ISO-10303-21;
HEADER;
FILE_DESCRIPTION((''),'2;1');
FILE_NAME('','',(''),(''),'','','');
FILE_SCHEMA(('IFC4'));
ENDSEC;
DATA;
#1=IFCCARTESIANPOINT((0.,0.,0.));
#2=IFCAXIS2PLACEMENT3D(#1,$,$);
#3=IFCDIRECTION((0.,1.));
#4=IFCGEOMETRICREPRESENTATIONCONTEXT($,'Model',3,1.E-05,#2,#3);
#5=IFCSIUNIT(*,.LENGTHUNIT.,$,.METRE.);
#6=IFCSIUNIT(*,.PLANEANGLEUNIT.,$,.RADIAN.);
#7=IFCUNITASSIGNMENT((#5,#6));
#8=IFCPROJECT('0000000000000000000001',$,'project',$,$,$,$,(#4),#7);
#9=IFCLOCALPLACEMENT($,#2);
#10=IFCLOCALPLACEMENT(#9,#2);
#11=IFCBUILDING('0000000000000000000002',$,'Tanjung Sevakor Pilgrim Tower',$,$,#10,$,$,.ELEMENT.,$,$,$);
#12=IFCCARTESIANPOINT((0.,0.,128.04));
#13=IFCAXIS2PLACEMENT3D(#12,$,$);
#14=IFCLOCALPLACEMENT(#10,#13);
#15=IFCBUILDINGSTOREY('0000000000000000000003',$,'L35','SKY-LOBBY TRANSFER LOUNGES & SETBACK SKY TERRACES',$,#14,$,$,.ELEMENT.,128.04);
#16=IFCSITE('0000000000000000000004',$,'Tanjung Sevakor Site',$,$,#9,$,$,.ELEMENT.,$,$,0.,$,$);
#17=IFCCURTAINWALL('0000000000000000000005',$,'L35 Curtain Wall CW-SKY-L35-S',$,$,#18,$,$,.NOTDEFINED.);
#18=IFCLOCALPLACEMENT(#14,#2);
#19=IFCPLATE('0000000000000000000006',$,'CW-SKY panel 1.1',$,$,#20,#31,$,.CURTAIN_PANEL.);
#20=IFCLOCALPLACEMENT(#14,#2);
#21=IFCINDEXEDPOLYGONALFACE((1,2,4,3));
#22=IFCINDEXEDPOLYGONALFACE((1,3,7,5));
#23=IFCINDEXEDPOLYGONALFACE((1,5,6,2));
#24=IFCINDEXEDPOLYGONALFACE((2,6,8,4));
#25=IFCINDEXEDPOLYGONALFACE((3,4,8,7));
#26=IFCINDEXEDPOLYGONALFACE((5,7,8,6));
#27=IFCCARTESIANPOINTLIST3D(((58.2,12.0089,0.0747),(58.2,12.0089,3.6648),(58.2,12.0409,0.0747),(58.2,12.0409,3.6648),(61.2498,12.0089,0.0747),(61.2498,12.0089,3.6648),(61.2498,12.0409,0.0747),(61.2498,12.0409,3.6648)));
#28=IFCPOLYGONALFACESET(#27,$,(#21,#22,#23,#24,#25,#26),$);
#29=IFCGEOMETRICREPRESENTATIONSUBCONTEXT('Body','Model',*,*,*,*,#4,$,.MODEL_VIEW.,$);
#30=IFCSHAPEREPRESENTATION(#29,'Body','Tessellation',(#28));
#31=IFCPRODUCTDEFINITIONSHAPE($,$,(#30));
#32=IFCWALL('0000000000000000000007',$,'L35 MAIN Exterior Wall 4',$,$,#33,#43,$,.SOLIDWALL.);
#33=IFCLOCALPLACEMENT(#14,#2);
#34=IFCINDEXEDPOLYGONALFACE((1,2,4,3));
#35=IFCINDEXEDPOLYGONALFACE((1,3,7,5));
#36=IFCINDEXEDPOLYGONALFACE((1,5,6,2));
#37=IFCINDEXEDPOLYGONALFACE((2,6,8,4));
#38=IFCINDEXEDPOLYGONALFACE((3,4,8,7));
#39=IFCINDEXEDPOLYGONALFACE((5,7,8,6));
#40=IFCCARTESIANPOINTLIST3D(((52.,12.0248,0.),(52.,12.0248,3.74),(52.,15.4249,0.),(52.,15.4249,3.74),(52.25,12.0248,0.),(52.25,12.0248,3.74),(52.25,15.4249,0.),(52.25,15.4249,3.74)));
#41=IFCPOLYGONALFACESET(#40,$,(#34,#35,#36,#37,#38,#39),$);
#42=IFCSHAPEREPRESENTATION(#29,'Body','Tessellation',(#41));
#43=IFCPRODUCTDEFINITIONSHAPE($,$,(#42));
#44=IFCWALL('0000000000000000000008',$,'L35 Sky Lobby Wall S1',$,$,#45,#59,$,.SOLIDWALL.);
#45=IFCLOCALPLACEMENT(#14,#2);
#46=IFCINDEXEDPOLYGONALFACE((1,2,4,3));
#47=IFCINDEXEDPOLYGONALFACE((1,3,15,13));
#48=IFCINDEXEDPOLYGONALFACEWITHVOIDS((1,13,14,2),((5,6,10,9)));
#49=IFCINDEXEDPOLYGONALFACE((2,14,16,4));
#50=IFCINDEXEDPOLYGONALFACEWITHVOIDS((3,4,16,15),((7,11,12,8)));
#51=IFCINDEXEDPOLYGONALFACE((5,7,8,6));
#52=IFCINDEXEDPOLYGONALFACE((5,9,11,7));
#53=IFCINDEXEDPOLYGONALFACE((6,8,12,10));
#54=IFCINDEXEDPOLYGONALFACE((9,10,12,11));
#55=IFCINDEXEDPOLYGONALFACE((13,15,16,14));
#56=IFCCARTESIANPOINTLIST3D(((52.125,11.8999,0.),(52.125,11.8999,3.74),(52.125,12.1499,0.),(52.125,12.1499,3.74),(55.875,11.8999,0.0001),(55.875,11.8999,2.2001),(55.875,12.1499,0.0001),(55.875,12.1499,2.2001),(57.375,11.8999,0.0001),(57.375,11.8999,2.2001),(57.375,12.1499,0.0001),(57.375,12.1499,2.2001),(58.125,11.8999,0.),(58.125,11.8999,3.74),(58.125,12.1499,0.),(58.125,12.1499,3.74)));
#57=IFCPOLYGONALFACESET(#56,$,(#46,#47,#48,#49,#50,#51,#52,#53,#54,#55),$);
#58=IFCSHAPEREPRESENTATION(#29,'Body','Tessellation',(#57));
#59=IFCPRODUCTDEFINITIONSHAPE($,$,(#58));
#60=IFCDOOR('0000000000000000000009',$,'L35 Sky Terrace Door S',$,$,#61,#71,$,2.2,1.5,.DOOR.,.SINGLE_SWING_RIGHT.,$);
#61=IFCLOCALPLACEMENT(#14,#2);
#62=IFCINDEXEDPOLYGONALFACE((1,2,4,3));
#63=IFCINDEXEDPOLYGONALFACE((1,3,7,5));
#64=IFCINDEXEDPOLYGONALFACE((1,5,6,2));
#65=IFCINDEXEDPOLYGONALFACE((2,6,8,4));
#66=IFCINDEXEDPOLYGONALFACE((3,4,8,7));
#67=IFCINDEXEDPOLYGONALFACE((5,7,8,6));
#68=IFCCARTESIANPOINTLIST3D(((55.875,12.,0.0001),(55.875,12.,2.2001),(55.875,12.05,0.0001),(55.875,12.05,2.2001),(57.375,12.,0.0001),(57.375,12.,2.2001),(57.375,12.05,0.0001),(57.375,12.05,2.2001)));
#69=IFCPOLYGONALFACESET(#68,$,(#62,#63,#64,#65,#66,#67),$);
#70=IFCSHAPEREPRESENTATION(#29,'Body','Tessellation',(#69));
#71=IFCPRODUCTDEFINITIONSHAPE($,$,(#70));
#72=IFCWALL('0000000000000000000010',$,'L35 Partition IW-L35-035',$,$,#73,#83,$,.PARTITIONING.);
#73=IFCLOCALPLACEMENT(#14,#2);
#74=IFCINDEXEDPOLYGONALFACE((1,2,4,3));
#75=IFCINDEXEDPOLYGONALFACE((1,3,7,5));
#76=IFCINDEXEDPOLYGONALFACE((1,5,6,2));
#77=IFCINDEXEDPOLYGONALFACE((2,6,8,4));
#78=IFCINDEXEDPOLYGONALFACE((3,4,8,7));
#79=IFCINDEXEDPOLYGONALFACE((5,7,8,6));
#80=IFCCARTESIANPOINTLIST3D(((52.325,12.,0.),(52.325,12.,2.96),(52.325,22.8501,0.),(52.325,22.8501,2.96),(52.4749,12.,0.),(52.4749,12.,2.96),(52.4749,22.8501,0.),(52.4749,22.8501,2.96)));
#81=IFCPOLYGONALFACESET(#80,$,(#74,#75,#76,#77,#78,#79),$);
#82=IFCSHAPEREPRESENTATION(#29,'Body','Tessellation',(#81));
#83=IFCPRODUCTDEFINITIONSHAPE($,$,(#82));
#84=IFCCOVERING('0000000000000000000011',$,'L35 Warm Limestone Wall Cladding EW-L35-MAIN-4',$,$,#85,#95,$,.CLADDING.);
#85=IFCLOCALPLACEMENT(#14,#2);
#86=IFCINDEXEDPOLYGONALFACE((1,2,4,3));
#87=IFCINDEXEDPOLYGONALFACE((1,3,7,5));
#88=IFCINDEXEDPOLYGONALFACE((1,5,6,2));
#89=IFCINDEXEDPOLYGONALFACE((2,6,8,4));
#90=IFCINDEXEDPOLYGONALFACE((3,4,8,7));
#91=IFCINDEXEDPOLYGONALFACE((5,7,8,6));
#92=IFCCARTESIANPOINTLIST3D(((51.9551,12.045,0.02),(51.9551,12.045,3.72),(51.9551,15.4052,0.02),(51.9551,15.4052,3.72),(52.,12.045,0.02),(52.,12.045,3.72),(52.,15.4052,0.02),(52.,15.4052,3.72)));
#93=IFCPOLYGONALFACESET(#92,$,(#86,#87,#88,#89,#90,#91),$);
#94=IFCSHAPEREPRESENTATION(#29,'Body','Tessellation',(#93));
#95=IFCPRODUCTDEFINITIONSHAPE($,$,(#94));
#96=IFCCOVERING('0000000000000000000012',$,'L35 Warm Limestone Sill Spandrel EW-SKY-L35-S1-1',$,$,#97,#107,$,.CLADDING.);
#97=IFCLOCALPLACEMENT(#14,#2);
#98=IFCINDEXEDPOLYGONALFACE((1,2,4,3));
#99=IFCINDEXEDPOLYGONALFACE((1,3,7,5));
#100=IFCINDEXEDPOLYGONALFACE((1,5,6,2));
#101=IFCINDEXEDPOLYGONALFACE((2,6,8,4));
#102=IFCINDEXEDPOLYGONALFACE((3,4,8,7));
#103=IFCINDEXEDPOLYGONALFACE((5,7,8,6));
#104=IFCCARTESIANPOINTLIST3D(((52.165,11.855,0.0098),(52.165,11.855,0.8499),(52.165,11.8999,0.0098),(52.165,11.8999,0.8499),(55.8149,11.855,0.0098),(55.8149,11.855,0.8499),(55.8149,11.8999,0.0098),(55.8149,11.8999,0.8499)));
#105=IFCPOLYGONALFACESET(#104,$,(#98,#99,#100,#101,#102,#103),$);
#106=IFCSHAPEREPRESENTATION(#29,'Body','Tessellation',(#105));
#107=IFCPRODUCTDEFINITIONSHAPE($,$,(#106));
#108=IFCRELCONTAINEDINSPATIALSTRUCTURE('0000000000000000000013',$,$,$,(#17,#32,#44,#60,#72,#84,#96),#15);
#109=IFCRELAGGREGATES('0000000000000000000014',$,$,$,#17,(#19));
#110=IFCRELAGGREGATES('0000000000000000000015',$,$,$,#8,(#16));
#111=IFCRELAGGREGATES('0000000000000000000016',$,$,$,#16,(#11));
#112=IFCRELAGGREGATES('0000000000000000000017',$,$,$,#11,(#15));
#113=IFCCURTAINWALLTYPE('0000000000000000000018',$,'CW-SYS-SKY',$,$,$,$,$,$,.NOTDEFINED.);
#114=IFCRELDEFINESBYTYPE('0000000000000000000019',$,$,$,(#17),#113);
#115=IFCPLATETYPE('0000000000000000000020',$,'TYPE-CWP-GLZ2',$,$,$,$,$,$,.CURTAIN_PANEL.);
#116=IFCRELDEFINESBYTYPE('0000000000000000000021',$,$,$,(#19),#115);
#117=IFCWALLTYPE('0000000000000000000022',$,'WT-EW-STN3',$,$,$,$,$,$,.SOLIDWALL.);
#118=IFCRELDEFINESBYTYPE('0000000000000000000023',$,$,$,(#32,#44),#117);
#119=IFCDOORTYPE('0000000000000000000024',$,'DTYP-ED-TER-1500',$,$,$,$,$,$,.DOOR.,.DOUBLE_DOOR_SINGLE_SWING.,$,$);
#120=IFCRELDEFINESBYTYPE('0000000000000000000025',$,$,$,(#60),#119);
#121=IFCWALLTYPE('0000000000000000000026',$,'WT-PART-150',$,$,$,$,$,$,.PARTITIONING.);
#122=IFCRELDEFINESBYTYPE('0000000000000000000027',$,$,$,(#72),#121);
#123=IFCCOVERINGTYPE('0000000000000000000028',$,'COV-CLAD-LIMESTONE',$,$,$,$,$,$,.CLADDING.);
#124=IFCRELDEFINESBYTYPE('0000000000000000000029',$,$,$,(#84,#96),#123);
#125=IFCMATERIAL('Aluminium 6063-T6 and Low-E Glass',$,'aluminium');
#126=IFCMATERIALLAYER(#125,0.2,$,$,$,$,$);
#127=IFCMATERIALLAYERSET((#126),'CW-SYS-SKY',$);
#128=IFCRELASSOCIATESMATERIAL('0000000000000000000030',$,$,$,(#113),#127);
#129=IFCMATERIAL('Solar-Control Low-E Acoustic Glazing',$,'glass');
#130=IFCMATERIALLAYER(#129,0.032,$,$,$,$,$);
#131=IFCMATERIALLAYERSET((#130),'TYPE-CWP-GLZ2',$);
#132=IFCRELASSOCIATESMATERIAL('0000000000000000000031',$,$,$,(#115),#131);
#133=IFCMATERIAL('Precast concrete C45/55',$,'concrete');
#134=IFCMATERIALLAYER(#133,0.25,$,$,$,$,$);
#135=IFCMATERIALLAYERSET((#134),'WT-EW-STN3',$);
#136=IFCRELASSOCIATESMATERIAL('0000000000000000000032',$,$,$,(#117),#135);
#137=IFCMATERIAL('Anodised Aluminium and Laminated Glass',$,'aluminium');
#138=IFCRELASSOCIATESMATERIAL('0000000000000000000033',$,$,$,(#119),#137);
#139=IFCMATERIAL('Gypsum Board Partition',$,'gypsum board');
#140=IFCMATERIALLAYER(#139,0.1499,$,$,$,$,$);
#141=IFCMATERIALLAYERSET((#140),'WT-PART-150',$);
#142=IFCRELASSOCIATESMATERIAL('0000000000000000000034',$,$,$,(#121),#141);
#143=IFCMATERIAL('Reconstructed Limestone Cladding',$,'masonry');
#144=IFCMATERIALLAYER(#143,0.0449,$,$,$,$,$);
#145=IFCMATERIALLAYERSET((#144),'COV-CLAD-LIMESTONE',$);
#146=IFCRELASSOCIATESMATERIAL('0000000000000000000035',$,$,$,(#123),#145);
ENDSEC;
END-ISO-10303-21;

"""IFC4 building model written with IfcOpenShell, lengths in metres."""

from ifc_helpers import new_model, si_unit, direction, frame, frame_2d, origin, origin_2d, place, context, subcontext, project, spatial, rectangle, extrude, material, layer, layer_set, type_object, element, fill, aggregate, save


model = new_model("IFC4")

# Units and contexts
model_context = context("Model", 3, precision=1e-05, world=origin(), true_north=direction((0.0, 1.0)))
body_context = subcontext(model_context, "Body", "Model", "MODEL_VIEW")
ifc_project = project(units=[si_unit("LENGTHUNIT", "METRE"), si_unit("PLANEANGLEUNIT", "RADIAN")], contexts=[model_context])

# Site, building, storey
site_placement = place(None, origin())
site = spatial("IfcSite", under=ifc_project, at=site_placement, Name="Tanjung Sevakor Site", CompositionType="ELEMENT", RefElevation=0.0)
building_placement = place(site_placement, origin())
building = spatial("IfcBuilding", under=site, at=building_placement, Name="Tanjung Sevakor Pilgrim Tower", CompositionType="ELEMENT")
storey_placement = place(building_placement, frame((0.0, 0.0, 128.04)))
storey = spatial("IfcBuildingStorey", under=building, at=storey_placement, Name="L35", Description="SKY-LOBBY TRANSFER LOUNGES & SETBACK SKY TERRACES", CompositionType="ELEMENT", Elevation=128.04)

# Curtain wall, plate
ifc_material_1 = material(Name="Aluminium 6063-T6 and Low-E Glass", Category="aluminium")
ifc_layer_1 = layer(ifc_material_1, 0.2)
ifc_layer_set_1 = layer_set([ifc_layer_1], Name="CW-SYS-SKY")
curtain_wall_type_1 = type_object("IfcCurtainWallType", Name="CW-SYS-SKY", PredefinedType="NOTDEFINED", material=ifc_layer_set_1)
curtain_wall_1_placement = place(storey_placement, origin())
curtain_wall_1 = element("IfcCurtainWall", 1, at=curtain_wall_1_placement, inside=storey, type_object=curtain_wall_type_1, Name="L35 Curtain Wall CW-SKY-L35-S", PredefinedType="NOTDEFINED")
ifc_material_2 = material(Name="Solar-Control Low-E Acoustic Glazing", Category="glass")
ifc_layer_2 = layer(ifc_material_2, 0.032)
ifc_layer_set_2 = layer_set([ifc_layer_2], Name="TYPE-CWP-GLZ2")
plate_type = type_object("IfcPlateType", Name="TYPE-CWP-GLZ2", PredefinedType="CURTAIN_PANEL", material=ifc_layer_set_2)
plate_placement = place(storey_placement, frame((59.7249, 12.0249, 0.0747), z_axis=(0.0, 0.0, 1.0), x_axis=(1.0, 0.0, 0.0)))
plate = element("IfcPlate", 2, at=plate_placement, type_object=plate_type, Name="CW-SKY panel 1.1", PredefinedType="CURTAIN_PANEL", context=body_context, shape_type="SweptSolid", body=[
    extrude(rectangle(XDim=3.0498, YDim=0.032, at=origin_2d()), origin(), (0.0, 0.0, 1.0), 3.5901),
])
aggregate(curtain_wall_1, [plate])

# Wall
ifc_material_3 = material(Name="Precast concrete C45/55", Category="concrete")
ifc_layer_3 = layer(ifc_material_3, 0.25)
ifc_layer_set_3 = layer_set([ifc_layer_3], Name="WT-EW-STN3")
wall_type_1 = type_object("IfcWallType", Name="WT-EW-STN3", PredefinedType="SOLIDWALL", material=ifc_layer_set_3)
wall_1_placement = place(storey_placement, frame((52.125, 15.425, 0.0), z_axis=(0.0, 0.0, 1.0), x_axis=(0.0, -1.0, 0.0)))
element("IfcWall", 3, at=wall_1_placement, inside=storey, type_object=wall_type_1, Name="L35 MAIN Exterior Wall 4", PredefinedType="SOLIDWALL", context=body_context, shape_type="SweptSolid", body=[
    extrude(rectangle(XDim=3.4001, YDim=0.25, at=frame_2d((1.7002, 0.0))), origin(), (0.0, 0.0, 1.0), 3.74),
])

# Wall, opening, door
wall_2_placement = place(storey_placement, frame((52.125, 12.0249, 0.0), z_axis=(0.0, 0.0, 1.0), x_axis=(1.0, 0.0, 0.0)))
wall_2 = element("IfcWall", 4, at=wall_2_placement, inside=storey, type_object=wall_type_1, Name="L35 Sky Lobby Wall S1", PredefinedType="SOLIDWALL", context=body_context, shape_type="SweptSolid", body=[
    extrude(rectangle(XDim=6.0, YDim=0.25, at=frame_2d((3.0, 0.0))), origin(), (0.0, 0.0, 1.0), 3.74),
])
opening_placement = place(wall_2_placement, frame((3.75, 0.0, 0.0)))
opening = element("IfcOpeningElement", 5, at=opening_placement, cuts=wall_2, PredefinedType="OPENING", context=body_context, shape_type="SweptSolid", body=[
    extrude(rectangle(XDim=1.5, YDim=2.2, at=frame_2d((0.75, 1.1001))), frame((0.0, 0.135, 0.0), z_axis=(0.0, -1.0, 0.0), x_axis=(1.0, 0.0, 0.0)), (0.0, 0.0, 1.0), 0.27),
])
ifc_material_4 = material(Name="Anodised Aluminium and Laminated Glass", Category="aluminium")
door_type = type_object("IfcDoorType", Name="DTYP-ED-TER-1500", OperationType="DOUBLE_DOOR_SINGLE_SWING", PredefinedType="DOOR", material=ifc_material_4)
door_placement = place(opening_placement, frame((1.5, 0.0, 0.0), z_axis=(0.0, 0.0, 1.0), x_axis=(-1.0, 0.0, 0.0)))
door = element("IfcDoor", 6, at=door_placement, inside=storey, type_object=door_type, Name="L35 Sky Terrace Door S", OperationType="SINGLE_SWING_RIGHT", OverallHeight=2.2, OverallWidth=1.5, PredefinedType="DOOR", context=body_context, shape_type="SweptSolid", body=[
    extrude(rectangle(XDim=1.5, YDim=2.2, at=frame_2d((0.75, 1.1001))), frame((0.0, 0.0249, 0.0), z_axis=(0.0, -1.0, 0.0), x_axis=(1.0, 0.0, 0.0)), (0.0, 0.0, 1.0), 0.05),
])
fill(opening, door)

# Wall
ifc_material_5 = material(Name="Gypsum Board Partition", Category="gypsum board")
ifc_layer_4 = layer(ifc_material_5, 0.1499)
ifc_layer_set_4 = layer_set([ifc_layer_4], Name="WT-PART-150")
wall_type_2 = type_object("IfcWallType", Name="WT-PART-150", PredefinedType="PARTITIONING", material=ifc_layer_set_4)
wall_3_placement = place(storey_placement, frame((52.3999, 12.0, 0.0), z_axis=(0.0, 0.0, 1.0), x_axis=(0.0, 1.0, 0.0)))
element("IfcWall", 7, at=wall_3_placement, inside=storey, type_object=wall_type_2, Name="L35 Partition IW-L35-035", PredefinedType="PARTITIONING", context=body_context, shape_type="SweptSolid", body=[
    extrude(rectangle(XDim=10.8501, YDim=0.1499, at=frame_2d((5.425, 0.0))), origin(), (0.0, 0.0, 1.0), 2.96),
])

# Coverings
ifc_material_6 = material(Name="Reconstructed Limestone Cladding", Category="masonry")
ifc_layer_5 = layer(ifc_material_6, 0.0449)
ifc_layer_set_5 = layer_set([ifc_layer_5], Name="COV-CLAD-LIMESTONE")
covering_type = type_object("IfcCoveringType", Name="COV-CLAD-LIMESTONE", PredefinedType="CLADDING", material=ifc_layer_set_5)
covering_1_placement = place(storey_placement, frame((51.9775, 13.7251, 0.02), z_axis=(0.0, 0.0, 1.0), x_axis=(0.0, -1.0, 0.0)))
element("IfcCovering", 8, at=covering_1_placement, inside=storey, type_object=covering_type, Name="L35 Warm Limestone Wall Cladding EW-L35-MAIN-4", PredefinedType="CLADDING", context=body_context, shape_type="SweptSolid", body=[
    extrude(rectangle(XDim=3.3601, YDim=0.0449, at=origin_2d()), origin(), (0.0, 0.0, 1.0), 3.7),
])
covering_2_placement = place(storey_placement, frame((53.99, 11.8774, 0.0098), z_axis=(0.0, 0.0, 1.0), x_axis=(1.0, 0.0, 0.0)))
element("IfcCovering", 9, at=covering_2_placement, inside=storey, type_object=covering_type, Name="L35 Warm Limestone Sill Spandrel EW-SKY-L35-S1-1", PredefinedType="CLADDING", context=body_context, shape_type="SweptSolid", body=[
    extrude(rectangle(XDim=3.6499, YDim=0.0449, at=origin_2d()), origin(), (0.0, 0.0, 1.0), 0.8401),
])

save(model, "model.ifc")
